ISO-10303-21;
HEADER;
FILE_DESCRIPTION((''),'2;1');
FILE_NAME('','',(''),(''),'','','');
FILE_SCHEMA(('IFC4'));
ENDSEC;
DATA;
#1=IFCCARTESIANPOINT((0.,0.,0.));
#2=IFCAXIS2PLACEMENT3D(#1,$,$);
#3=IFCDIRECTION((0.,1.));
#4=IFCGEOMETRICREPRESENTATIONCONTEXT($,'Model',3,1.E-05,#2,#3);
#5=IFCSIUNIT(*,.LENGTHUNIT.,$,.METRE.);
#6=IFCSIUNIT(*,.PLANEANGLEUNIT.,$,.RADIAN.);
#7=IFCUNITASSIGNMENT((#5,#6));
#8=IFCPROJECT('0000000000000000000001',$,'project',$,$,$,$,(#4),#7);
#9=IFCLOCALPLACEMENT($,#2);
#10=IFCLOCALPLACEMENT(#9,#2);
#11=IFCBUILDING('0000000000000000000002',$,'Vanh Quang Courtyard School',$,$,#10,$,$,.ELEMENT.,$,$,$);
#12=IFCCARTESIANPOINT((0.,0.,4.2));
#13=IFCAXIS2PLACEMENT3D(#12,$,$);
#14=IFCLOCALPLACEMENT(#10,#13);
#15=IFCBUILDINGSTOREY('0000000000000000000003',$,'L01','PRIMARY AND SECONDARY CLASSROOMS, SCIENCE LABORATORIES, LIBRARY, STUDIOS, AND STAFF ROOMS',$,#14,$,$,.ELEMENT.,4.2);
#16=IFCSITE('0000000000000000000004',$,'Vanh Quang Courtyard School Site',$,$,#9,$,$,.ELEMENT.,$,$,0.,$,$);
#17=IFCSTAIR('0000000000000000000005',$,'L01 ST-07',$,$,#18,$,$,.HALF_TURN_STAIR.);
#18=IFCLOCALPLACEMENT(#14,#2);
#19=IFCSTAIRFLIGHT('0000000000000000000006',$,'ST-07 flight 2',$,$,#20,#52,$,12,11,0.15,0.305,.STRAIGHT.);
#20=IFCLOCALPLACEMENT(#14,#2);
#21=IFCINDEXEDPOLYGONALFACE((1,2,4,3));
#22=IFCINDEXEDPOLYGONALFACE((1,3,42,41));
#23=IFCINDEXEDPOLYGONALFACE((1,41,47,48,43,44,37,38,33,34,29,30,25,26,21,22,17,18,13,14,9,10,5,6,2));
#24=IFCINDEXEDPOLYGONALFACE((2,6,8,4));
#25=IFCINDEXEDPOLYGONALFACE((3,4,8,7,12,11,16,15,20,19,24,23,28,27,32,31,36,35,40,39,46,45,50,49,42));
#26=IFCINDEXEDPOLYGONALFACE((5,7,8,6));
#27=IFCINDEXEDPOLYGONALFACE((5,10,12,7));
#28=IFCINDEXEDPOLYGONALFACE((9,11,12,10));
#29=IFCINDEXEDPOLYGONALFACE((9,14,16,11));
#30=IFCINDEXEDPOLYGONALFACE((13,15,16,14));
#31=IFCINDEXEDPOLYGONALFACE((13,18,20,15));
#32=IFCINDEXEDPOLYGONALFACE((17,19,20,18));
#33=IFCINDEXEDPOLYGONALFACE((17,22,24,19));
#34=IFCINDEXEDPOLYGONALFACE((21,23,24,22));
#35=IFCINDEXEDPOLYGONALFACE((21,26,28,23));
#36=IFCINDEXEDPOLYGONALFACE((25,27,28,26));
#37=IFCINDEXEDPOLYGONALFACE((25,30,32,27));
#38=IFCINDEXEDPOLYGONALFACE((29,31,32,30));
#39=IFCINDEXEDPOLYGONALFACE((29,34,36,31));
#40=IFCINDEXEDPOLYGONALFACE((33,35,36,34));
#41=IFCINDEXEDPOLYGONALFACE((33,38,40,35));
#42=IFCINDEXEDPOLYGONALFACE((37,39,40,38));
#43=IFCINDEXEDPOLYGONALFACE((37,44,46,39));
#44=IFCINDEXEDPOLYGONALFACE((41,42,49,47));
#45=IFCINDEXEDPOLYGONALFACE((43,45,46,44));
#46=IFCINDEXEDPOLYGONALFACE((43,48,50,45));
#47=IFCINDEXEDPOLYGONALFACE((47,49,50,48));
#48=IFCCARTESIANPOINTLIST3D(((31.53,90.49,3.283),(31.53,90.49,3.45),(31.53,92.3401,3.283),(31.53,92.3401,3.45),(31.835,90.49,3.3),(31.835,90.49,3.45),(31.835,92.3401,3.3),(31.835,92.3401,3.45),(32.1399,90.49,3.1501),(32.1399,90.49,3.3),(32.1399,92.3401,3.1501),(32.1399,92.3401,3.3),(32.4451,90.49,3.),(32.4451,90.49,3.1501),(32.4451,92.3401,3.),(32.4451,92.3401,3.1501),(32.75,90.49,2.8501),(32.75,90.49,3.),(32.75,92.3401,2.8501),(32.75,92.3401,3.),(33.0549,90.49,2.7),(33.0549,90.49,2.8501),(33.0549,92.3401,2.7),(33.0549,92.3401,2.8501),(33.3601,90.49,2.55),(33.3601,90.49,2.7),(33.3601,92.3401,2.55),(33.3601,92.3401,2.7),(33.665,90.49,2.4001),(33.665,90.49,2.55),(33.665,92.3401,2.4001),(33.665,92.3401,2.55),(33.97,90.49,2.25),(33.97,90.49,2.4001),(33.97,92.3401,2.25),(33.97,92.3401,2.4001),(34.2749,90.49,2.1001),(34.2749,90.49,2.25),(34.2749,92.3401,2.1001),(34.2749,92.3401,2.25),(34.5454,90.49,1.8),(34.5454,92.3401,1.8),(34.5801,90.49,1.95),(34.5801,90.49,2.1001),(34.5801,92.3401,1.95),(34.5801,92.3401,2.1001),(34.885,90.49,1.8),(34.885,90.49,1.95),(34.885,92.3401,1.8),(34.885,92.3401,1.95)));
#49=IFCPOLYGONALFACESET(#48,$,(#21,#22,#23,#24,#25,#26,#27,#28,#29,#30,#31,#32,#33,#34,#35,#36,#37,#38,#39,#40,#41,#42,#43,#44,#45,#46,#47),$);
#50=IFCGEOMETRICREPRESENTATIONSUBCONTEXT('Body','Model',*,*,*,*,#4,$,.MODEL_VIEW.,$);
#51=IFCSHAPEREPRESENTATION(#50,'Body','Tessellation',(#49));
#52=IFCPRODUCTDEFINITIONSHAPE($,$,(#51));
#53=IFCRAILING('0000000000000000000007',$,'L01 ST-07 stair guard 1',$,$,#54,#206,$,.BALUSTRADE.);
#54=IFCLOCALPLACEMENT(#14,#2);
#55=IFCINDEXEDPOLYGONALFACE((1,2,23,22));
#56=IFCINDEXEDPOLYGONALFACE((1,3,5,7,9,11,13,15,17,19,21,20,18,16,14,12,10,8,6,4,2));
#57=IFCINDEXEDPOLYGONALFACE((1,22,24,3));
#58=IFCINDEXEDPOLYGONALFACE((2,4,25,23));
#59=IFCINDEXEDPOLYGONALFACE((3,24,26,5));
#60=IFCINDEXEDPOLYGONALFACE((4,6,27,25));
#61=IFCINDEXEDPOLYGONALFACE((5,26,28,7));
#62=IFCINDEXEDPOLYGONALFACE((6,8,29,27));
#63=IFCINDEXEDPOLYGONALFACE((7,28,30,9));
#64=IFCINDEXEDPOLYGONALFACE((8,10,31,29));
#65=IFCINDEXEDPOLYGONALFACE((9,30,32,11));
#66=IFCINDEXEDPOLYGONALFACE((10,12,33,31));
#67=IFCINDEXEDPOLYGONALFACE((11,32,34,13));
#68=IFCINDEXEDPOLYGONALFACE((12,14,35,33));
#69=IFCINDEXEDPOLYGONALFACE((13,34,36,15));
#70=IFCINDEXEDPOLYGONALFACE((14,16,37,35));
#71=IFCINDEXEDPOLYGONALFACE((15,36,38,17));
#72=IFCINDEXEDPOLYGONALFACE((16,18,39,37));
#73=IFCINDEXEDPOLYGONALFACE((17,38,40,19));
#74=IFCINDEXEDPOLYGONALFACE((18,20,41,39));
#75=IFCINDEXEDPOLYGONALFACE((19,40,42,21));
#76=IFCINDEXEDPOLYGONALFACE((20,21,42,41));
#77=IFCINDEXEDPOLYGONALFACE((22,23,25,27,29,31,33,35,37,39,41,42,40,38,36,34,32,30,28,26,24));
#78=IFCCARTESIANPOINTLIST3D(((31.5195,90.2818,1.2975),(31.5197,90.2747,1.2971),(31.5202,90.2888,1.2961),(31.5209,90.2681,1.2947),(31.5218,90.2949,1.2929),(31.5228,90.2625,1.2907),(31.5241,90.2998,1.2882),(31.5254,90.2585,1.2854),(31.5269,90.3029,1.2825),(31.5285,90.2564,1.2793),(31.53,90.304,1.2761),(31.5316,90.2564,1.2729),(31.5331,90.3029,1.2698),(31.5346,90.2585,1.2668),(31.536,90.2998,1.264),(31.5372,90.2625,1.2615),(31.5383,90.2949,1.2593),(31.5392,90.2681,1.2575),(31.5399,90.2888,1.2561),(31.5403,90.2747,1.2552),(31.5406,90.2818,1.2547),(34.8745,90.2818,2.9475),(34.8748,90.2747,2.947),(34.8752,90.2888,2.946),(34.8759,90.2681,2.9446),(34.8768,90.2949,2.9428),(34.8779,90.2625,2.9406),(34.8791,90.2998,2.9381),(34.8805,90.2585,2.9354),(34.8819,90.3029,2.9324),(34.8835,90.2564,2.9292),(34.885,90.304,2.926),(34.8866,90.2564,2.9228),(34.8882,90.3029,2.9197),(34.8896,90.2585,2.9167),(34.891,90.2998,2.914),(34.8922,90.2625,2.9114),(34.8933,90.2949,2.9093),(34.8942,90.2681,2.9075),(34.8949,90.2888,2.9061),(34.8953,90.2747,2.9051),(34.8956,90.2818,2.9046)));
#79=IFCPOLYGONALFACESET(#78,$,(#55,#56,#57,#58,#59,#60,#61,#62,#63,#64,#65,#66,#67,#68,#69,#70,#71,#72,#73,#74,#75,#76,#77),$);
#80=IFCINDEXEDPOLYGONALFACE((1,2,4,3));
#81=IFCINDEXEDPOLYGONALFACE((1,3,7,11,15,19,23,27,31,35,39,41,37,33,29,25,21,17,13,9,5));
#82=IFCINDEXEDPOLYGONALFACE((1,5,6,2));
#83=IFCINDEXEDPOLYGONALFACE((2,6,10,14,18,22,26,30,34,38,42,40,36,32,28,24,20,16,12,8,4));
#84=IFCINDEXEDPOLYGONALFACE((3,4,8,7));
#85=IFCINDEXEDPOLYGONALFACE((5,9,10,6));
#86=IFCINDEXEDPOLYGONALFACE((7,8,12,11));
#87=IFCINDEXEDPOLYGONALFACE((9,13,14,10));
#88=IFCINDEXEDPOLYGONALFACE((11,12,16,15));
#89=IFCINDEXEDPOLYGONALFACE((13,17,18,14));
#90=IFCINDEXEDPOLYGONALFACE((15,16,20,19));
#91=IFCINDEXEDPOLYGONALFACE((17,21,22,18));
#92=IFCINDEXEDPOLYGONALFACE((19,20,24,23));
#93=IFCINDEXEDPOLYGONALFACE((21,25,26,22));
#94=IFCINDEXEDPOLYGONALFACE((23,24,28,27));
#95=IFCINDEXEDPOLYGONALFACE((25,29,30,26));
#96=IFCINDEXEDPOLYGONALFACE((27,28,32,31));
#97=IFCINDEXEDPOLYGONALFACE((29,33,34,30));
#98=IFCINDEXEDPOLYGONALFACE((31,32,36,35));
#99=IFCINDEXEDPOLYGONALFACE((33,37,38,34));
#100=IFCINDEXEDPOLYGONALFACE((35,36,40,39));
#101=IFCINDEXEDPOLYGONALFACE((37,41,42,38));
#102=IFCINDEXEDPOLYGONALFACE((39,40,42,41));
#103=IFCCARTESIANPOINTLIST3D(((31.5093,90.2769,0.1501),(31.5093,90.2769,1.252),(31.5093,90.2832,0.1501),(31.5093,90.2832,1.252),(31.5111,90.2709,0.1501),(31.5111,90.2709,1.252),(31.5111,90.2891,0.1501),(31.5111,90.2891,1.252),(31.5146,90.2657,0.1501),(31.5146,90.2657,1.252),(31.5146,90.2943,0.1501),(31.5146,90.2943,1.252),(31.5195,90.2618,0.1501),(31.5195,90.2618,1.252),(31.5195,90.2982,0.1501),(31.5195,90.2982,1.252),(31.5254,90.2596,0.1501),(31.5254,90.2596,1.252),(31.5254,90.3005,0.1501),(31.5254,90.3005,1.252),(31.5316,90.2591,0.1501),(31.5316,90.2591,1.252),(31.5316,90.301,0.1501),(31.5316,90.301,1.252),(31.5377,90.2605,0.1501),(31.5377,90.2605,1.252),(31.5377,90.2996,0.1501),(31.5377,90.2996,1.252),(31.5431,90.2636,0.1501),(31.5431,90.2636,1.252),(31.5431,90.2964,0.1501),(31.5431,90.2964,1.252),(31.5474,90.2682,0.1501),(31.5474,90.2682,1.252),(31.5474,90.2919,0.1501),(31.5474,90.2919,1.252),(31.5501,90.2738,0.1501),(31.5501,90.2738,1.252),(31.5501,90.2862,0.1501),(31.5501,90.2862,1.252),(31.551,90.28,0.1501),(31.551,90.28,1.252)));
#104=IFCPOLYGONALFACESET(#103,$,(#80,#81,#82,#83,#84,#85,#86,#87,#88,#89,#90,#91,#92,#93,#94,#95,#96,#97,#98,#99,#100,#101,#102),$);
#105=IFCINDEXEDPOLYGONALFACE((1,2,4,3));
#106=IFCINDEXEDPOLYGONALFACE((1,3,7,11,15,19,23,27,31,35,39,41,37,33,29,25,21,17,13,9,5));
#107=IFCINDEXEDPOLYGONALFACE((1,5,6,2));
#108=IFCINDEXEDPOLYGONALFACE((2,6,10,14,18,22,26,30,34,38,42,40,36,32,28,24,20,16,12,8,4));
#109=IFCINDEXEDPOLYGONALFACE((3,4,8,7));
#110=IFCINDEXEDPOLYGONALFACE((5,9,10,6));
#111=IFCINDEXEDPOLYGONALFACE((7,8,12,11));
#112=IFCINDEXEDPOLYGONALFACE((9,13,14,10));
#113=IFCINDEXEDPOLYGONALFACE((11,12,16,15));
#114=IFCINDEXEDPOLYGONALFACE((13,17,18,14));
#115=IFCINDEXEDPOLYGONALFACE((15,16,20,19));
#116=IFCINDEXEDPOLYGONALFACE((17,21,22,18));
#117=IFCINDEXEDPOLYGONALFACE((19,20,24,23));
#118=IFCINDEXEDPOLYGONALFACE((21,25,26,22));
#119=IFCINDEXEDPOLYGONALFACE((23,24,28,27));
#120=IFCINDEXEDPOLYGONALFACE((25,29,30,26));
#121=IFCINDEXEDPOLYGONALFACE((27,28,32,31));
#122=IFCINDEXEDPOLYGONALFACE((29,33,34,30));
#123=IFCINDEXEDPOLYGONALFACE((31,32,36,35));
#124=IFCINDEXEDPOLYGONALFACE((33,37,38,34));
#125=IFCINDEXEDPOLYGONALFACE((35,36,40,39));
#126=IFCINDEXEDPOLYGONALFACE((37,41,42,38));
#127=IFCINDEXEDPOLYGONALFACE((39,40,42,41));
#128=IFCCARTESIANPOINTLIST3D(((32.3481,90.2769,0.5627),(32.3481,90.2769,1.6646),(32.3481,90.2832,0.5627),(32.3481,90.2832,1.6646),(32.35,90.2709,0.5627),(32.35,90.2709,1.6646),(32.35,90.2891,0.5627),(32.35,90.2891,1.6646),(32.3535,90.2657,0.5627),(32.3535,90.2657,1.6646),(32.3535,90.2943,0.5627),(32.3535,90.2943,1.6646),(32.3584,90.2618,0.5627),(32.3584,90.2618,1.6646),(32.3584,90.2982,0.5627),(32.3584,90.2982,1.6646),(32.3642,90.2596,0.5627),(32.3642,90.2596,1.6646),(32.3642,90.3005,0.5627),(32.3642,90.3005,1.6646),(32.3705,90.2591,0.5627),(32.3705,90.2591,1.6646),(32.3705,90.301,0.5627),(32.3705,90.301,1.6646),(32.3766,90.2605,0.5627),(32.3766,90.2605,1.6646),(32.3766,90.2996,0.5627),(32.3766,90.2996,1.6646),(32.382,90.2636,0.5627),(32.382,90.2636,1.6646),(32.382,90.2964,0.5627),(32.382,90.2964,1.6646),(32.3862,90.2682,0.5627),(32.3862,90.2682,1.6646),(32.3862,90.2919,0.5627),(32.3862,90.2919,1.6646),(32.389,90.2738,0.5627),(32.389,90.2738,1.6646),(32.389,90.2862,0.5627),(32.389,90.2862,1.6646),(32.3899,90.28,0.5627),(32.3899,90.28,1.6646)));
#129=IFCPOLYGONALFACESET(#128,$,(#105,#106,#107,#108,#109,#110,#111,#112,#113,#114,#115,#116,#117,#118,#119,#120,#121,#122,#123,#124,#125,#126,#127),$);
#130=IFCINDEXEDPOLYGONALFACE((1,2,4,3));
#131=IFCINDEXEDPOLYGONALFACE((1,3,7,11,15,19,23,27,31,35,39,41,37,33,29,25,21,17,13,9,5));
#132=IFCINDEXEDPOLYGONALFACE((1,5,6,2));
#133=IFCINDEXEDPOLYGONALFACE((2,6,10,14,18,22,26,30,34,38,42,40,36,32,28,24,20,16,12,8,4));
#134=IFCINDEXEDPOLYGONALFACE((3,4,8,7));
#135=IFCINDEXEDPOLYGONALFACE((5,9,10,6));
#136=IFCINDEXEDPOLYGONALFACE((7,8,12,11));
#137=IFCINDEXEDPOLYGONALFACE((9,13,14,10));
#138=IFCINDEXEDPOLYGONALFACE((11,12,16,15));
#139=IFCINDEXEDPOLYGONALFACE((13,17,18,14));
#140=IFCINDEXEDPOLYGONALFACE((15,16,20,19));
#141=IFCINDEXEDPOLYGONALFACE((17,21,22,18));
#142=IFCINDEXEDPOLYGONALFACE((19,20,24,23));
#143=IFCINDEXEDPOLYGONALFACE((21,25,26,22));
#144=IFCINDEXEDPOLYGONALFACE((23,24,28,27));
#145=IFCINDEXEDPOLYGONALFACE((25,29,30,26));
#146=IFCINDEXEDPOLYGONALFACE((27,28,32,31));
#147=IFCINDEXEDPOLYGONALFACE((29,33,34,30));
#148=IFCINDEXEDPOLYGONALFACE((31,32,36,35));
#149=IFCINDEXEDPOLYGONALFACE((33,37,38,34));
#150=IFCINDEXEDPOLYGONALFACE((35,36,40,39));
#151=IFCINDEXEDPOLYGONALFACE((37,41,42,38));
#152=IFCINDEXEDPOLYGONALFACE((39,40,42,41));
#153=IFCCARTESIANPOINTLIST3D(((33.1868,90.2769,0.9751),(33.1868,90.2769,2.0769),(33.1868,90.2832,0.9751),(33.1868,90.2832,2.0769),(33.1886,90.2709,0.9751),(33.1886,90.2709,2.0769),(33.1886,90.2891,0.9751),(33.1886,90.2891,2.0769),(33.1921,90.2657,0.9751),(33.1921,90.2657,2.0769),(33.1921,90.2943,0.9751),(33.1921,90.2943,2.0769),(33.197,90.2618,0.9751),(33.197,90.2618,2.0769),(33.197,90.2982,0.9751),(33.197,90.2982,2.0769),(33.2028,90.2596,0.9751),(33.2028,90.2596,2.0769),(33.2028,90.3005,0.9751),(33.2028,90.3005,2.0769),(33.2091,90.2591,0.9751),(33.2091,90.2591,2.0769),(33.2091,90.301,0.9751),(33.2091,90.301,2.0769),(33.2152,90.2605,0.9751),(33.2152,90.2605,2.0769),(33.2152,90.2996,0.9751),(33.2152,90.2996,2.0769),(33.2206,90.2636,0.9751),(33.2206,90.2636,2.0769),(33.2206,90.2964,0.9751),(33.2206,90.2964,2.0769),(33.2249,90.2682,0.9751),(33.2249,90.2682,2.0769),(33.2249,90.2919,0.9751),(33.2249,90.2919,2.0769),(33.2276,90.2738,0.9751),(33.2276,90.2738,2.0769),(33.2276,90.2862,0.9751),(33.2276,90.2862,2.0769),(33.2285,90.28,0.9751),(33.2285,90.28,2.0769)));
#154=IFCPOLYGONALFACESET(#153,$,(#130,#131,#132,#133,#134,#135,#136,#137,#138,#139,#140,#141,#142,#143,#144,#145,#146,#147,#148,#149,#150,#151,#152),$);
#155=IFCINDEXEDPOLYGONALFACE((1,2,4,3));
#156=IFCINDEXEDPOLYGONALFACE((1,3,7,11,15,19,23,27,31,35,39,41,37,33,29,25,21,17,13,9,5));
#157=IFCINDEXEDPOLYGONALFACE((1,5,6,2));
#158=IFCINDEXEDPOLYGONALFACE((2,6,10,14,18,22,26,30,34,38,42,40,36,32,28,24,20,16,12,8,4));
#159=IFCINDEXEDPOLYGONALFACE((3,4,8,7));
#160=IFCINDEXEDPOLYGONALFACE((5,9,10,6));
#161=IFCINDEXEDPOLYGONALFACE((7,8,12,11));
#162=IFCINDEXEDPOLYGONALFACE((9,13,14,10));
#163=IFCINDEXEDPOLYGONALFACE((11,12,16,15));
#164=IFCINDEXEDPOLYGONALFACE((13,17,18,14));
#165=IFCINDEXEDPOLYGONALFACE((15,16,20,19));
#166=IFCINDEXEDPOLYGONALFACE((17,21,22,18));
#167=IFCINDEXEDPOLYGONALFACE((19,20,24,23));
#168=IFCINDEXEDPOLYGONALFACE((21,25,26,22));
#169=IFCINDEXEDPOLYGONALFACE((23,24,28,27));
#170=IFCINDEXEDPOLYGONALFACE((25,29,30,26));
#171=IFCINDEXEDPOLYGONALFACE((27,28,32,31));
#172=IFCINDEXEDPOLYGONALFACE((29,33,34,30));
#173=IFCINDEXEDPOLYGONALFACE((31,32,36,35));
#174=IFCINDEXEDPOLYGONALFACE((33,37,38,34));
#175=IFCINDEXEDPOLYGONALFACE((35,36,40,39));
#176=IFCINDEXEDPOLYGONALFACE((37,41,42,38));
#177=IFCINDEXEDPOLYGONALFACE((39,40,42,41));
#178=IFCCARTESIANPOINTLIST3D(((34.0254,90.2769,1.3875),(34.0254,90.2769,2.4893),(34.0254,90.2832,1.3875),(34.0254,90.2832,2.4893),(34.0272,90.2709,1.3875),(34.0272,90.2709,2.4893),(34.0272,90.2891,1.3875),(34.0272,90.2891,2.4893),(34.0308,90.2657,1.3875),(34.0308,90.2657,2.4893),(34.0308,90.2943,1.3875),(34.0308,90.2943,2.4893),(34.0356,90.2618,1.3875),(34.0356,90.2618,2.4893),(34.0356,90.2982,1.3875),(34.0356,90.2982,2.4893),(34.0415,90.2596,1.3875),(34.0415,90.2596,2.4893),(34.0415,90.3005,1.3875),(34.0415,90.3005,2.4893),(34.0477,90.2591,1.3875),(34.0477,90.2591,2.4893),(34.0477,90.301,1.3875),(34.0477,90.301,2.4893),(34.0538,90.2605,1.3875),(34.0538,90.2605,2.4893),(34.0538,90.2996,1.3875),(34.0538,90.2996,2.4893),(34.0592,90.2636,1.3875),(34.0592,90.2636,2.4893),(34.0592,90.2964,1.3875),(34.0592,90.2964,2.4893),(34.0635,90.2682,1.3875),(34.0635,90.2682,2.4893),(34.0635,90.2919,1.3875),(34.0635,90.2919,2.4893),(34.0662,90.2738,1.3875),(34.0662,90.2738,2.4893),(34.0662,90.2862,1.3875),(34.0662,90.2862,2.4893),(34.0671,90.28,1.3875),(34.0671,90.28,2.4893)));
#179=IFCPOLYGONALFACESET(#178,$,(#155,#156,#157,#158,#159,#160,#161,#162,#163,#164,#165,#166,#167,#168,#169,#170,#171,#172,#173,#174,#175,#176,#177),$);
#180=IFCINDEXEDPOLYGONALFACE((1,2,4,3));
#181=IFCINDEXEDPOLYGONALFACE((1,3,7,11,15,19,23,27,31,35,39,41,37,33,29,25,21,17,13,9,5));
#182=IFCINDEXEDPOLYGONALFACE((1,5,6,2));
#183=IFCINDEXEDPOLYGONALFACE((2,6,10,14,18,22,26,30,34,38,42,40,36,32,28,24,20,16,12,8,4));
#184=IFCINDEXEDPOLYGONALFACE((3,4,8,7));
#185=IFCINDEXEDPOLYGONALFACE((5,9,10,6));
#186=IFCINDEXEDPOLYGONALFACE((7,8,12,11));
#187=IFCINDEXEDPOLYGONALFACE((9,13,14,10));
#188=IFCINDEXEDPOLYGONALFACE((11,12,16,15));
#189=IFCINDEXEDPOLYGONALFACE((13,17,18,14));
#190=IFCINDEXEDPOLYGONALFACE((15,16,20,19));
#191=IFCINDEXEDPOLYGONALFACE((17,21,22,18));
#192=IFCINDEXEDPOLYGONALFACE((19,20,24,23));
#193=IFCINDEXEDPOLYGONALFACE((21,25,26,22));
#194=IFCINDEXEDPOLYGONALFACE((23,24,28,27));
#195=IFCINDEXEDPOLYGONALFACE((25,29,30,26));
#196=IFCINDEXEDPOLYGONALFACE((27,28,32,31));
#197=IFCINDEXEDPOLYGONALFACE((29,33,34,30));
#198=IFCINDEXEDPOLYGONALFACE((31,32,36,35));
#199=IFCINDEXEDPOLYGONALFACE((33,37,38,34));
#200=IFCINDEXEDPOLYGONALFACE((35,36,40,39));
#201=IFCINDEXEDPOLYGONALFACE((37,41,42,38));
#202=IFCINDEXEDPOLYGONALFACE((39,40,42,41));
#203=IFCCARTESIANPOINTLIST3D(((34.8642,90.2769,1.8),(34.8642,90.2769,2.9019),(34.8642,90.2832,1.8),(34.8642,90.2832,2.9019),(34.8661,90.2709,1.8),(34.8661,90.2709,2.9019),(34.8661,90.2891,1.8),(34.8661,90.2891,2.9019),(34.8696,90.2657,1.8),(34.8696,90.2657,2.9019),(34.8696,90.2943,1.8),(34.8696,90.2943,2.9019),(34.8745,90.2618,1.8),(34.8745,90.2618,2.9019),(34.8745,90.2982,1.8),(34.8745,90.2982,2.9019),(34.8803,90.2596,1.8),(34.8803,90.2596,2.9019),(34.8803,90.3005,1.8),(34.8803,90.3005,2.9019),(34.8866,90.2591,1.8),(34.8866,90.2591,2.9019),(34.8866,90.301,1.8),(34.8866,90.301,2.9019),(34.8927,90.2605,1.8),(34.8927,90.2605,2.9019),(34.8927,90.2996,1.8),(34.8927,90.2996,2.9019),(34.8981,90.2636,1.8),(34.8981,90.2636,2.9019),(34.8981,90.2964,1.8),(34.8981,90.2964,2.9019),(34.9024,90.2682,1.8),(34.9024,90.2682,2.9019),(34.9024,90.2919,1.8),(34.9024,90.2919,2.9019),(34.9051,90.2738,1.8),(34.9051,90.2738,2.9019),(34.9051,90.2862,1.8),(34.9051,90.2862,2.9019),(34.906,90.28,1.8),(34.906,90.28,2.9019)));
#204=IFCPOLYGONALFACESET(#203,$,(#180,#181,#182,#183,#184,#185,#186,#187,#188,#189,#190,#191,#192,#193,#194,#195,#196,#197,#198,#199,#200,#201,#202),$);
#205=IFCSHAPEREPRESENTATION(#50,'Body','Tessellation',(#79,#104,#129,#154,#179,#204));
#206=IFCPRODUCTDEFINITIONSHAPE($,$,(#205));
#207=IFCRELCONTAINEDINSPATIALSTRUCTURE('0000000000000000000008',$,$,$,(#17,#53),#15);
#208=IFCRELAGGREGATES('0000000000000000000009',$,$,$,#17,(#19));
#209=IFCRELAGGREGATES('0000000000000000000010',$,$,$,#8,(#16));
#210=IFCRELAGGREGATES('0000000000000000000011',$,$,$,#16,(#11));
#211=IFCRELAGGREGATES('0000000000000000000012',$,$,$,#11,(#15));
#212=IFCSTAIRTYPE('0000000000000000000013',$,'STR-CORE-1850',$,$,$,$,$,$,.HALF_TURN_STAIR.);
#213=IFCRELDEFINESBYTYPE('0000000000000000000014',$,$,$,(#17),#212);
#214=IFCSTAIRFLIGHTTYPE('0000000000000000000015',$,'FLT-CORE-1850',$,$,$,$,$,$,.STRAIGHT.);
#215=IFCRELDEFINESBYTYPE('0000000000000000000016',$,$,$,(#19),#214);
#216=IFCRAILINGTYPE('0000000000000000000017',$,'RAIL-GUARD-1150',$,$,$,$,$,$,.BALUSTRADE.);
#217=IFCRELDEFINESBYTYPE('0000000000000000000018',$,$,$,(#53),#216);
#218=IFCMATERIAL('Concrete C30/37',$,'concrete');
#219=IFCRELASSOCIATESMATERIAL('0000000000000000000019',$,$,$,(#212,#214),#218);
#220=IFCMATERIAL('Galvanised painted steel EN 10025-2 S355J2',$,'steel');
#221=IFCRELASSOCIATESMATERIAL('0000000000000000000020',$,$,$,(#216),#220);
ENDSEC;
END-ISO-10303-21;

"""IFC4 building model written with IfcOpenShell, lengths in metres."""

from ifc_helpers import new_model, si_unit, direction, frame, origin, origin_2d, place, context, subcontext, project, spatial, polyline, circle, outline, extrude, material, type_object, element, aggregate, save


model = new_model("IFC4")

# Units and contexts
model_context = context("Model", 3, precision=1e-05, world=origin(), true_north=direction((0.0, 1.0)))
body_context = subcontext(model_context, "Body", "Model", "MODEL_VIEW")
ifc_project = project(units=[si_unit("LENGTHUNIT", "METRE"), si_unit("PLANEANGLEUNIT", "RADIAN")], contexts=[model_context])

# Site, building, storey
site_placement = place(None, origin())
site = spatial("IfcSite", under=ifc_project, at=site_placement, Name="Vanh Quang Courtyard School Site", CompositionType="ELEMENT", RefElevation=0.0)
building_placement = place(site_placement, origin())
building = spatial("IfcBuilding", under=site, at=building_placement, Name="Vanh Quang Courtyard School", CompositionType="ELEMENT")
storey_placement = place(building_placement, frame((0.0, 0.0, 4.2)))
storey = spatial("IfcBuildingStorey", under=building, at=storey_placement, Name="L01", Description="PRIMARY AND SECONDARY CLASSROOMS, SCIENCE LABORATORIES, LIBRARY, STUDIOS, AND STAFF ROOMS", CompositionType="ELEMENT", Elevation=4.2)

# Shared definitions
ifc_material_1 = material(Name="Concrete C30/37", Category="concrete")

# Stair, stair flight
stair_type = type_object("IfcStairType", Name="STR-CORE-1850", PredefinedType="HALF_TURN_STAIR", material=ifc_material_1)
stair_placement = place(storey_placement, origin())
stair = element("IfcStair", 1, at=stair_placement, inside=storey, type_object=stair_type, Name="L01 ST-07", PredefinedType="HALF_TURN_STAIR")
stair_flight_type = type_object("IfcStairFlightType", Name="FLT-CORE-1850", PredefinedType="STRAIGHT", material=ifc_material_1)
stair_flight_1_placement = place(storey_placement, frame((34.885, 91.415, 1.8), z_axis=(0.0, 0.0, 1.0), x_axis=(-1.0, 0.0, 0.0)))
stair_flight_1 = element("IfcStairFlight", 2, at=stair_flight_1_placement, type_object=stair_flight_type, Name="ST-07 flight 2", NumberOfRisers=12, NumberOfTreads=11, PredefinedType="STRAIGHT", RiserHeight=0.15, TreadLength=0.305, context=body_context, shape_type="SweptSolid", body=[
    extrude(outline(polyline([(0.0, 0.0), (0.0, 0.1499), (0.3049, 0.1499), (0.3049, 0.3), (0.6101, 0.3), (0.6101, 0.45), (0.915, 0.45), (0.915, 0.6001), (1.22, 0.6001), (1.22, 0.75), (1.5249, 0.75), (1.5249, 0.8999), (1.8301, 0.8999), (1.8301, 1.05), (2.135, 1.05), (2.135, 1.2), (2.4399, 1.2), (2.4399, 1.3501), (2.7451, 1.3501), (2.7451, 1.5), (3.05, 1.5), (3.05, 1.6499), (3.355, 1.6499), (3.355, 1.8), (3.355, 1.4829), (0.3396, 0.0), (0.0, 0.0)])), frame((0.0, 0.925, 0.0), z_axis=(0.0, -1.0, 0.0), x_axis=(1.0, 0.0, 0.0)), (0.0, 0.0, 1.0), 1.8501),
])
aggregate(stair, [stair_flight_1])

# Railing
ifc_material_2 = material(Name="Galvanised painted steel EN 10025-2 S355J2", Category="steel")
railing_type_1 = type_object("IfcRailingType", Name="RAIL-GUARD-1150", PredefinedType="BALUSTRADE", material=ifc_material_2)
railing_1_placement = place(storey_placement, frame((31.53, 90.28, 0.1501)))
element("IfcRailing", 3, at=railing_1_placement, inside=storey, type_object=railing_type_1, Name="L01 ST-07 stair guard 1", PredefinedType="BALUSTRADE", context=body_context, shape_type="SweptSolid", body=[
    extrude(circle(Radius=0.0239, at=origin_2d()), frame((0.0, 0.0, 1.126), z_axis=(0.897359, 0.0, 0.441301), x_axis=(0.0, 1.0, 0.0)), (0.0, 0.0, 1.0), 3.7388),
    extrude(circle(Radius=0.021, at=origin_2d()), origin(), (0.0, 0.0, 1.0), 1.1018),
    extrude(circle(Radius=0.021, at=origin_2d()), frame((0.8389, 0.0, 0.4126)), (0.0, 0.0, 1.0), 1.1018),
    extrude(circle(Radius=0.021, at=origin_2d()), frame((1.6775, 0.0, 0.825)), (0.0, 0.0, 1.0), 1.1018),
    extrude(circle(Radius=0.021, at=origin_2d()), frame((2.5161, 0.0, 1.2373)), (0.0, 0.0, 1.0), 1.1018),
    extrude(circle(Radius=0.021, at=origin_2d()), frame((3.355, 0.0, 1.6499)), (0.0, 0.0, 1.0), 1.1018),
])

save(model, "model.ifc")
